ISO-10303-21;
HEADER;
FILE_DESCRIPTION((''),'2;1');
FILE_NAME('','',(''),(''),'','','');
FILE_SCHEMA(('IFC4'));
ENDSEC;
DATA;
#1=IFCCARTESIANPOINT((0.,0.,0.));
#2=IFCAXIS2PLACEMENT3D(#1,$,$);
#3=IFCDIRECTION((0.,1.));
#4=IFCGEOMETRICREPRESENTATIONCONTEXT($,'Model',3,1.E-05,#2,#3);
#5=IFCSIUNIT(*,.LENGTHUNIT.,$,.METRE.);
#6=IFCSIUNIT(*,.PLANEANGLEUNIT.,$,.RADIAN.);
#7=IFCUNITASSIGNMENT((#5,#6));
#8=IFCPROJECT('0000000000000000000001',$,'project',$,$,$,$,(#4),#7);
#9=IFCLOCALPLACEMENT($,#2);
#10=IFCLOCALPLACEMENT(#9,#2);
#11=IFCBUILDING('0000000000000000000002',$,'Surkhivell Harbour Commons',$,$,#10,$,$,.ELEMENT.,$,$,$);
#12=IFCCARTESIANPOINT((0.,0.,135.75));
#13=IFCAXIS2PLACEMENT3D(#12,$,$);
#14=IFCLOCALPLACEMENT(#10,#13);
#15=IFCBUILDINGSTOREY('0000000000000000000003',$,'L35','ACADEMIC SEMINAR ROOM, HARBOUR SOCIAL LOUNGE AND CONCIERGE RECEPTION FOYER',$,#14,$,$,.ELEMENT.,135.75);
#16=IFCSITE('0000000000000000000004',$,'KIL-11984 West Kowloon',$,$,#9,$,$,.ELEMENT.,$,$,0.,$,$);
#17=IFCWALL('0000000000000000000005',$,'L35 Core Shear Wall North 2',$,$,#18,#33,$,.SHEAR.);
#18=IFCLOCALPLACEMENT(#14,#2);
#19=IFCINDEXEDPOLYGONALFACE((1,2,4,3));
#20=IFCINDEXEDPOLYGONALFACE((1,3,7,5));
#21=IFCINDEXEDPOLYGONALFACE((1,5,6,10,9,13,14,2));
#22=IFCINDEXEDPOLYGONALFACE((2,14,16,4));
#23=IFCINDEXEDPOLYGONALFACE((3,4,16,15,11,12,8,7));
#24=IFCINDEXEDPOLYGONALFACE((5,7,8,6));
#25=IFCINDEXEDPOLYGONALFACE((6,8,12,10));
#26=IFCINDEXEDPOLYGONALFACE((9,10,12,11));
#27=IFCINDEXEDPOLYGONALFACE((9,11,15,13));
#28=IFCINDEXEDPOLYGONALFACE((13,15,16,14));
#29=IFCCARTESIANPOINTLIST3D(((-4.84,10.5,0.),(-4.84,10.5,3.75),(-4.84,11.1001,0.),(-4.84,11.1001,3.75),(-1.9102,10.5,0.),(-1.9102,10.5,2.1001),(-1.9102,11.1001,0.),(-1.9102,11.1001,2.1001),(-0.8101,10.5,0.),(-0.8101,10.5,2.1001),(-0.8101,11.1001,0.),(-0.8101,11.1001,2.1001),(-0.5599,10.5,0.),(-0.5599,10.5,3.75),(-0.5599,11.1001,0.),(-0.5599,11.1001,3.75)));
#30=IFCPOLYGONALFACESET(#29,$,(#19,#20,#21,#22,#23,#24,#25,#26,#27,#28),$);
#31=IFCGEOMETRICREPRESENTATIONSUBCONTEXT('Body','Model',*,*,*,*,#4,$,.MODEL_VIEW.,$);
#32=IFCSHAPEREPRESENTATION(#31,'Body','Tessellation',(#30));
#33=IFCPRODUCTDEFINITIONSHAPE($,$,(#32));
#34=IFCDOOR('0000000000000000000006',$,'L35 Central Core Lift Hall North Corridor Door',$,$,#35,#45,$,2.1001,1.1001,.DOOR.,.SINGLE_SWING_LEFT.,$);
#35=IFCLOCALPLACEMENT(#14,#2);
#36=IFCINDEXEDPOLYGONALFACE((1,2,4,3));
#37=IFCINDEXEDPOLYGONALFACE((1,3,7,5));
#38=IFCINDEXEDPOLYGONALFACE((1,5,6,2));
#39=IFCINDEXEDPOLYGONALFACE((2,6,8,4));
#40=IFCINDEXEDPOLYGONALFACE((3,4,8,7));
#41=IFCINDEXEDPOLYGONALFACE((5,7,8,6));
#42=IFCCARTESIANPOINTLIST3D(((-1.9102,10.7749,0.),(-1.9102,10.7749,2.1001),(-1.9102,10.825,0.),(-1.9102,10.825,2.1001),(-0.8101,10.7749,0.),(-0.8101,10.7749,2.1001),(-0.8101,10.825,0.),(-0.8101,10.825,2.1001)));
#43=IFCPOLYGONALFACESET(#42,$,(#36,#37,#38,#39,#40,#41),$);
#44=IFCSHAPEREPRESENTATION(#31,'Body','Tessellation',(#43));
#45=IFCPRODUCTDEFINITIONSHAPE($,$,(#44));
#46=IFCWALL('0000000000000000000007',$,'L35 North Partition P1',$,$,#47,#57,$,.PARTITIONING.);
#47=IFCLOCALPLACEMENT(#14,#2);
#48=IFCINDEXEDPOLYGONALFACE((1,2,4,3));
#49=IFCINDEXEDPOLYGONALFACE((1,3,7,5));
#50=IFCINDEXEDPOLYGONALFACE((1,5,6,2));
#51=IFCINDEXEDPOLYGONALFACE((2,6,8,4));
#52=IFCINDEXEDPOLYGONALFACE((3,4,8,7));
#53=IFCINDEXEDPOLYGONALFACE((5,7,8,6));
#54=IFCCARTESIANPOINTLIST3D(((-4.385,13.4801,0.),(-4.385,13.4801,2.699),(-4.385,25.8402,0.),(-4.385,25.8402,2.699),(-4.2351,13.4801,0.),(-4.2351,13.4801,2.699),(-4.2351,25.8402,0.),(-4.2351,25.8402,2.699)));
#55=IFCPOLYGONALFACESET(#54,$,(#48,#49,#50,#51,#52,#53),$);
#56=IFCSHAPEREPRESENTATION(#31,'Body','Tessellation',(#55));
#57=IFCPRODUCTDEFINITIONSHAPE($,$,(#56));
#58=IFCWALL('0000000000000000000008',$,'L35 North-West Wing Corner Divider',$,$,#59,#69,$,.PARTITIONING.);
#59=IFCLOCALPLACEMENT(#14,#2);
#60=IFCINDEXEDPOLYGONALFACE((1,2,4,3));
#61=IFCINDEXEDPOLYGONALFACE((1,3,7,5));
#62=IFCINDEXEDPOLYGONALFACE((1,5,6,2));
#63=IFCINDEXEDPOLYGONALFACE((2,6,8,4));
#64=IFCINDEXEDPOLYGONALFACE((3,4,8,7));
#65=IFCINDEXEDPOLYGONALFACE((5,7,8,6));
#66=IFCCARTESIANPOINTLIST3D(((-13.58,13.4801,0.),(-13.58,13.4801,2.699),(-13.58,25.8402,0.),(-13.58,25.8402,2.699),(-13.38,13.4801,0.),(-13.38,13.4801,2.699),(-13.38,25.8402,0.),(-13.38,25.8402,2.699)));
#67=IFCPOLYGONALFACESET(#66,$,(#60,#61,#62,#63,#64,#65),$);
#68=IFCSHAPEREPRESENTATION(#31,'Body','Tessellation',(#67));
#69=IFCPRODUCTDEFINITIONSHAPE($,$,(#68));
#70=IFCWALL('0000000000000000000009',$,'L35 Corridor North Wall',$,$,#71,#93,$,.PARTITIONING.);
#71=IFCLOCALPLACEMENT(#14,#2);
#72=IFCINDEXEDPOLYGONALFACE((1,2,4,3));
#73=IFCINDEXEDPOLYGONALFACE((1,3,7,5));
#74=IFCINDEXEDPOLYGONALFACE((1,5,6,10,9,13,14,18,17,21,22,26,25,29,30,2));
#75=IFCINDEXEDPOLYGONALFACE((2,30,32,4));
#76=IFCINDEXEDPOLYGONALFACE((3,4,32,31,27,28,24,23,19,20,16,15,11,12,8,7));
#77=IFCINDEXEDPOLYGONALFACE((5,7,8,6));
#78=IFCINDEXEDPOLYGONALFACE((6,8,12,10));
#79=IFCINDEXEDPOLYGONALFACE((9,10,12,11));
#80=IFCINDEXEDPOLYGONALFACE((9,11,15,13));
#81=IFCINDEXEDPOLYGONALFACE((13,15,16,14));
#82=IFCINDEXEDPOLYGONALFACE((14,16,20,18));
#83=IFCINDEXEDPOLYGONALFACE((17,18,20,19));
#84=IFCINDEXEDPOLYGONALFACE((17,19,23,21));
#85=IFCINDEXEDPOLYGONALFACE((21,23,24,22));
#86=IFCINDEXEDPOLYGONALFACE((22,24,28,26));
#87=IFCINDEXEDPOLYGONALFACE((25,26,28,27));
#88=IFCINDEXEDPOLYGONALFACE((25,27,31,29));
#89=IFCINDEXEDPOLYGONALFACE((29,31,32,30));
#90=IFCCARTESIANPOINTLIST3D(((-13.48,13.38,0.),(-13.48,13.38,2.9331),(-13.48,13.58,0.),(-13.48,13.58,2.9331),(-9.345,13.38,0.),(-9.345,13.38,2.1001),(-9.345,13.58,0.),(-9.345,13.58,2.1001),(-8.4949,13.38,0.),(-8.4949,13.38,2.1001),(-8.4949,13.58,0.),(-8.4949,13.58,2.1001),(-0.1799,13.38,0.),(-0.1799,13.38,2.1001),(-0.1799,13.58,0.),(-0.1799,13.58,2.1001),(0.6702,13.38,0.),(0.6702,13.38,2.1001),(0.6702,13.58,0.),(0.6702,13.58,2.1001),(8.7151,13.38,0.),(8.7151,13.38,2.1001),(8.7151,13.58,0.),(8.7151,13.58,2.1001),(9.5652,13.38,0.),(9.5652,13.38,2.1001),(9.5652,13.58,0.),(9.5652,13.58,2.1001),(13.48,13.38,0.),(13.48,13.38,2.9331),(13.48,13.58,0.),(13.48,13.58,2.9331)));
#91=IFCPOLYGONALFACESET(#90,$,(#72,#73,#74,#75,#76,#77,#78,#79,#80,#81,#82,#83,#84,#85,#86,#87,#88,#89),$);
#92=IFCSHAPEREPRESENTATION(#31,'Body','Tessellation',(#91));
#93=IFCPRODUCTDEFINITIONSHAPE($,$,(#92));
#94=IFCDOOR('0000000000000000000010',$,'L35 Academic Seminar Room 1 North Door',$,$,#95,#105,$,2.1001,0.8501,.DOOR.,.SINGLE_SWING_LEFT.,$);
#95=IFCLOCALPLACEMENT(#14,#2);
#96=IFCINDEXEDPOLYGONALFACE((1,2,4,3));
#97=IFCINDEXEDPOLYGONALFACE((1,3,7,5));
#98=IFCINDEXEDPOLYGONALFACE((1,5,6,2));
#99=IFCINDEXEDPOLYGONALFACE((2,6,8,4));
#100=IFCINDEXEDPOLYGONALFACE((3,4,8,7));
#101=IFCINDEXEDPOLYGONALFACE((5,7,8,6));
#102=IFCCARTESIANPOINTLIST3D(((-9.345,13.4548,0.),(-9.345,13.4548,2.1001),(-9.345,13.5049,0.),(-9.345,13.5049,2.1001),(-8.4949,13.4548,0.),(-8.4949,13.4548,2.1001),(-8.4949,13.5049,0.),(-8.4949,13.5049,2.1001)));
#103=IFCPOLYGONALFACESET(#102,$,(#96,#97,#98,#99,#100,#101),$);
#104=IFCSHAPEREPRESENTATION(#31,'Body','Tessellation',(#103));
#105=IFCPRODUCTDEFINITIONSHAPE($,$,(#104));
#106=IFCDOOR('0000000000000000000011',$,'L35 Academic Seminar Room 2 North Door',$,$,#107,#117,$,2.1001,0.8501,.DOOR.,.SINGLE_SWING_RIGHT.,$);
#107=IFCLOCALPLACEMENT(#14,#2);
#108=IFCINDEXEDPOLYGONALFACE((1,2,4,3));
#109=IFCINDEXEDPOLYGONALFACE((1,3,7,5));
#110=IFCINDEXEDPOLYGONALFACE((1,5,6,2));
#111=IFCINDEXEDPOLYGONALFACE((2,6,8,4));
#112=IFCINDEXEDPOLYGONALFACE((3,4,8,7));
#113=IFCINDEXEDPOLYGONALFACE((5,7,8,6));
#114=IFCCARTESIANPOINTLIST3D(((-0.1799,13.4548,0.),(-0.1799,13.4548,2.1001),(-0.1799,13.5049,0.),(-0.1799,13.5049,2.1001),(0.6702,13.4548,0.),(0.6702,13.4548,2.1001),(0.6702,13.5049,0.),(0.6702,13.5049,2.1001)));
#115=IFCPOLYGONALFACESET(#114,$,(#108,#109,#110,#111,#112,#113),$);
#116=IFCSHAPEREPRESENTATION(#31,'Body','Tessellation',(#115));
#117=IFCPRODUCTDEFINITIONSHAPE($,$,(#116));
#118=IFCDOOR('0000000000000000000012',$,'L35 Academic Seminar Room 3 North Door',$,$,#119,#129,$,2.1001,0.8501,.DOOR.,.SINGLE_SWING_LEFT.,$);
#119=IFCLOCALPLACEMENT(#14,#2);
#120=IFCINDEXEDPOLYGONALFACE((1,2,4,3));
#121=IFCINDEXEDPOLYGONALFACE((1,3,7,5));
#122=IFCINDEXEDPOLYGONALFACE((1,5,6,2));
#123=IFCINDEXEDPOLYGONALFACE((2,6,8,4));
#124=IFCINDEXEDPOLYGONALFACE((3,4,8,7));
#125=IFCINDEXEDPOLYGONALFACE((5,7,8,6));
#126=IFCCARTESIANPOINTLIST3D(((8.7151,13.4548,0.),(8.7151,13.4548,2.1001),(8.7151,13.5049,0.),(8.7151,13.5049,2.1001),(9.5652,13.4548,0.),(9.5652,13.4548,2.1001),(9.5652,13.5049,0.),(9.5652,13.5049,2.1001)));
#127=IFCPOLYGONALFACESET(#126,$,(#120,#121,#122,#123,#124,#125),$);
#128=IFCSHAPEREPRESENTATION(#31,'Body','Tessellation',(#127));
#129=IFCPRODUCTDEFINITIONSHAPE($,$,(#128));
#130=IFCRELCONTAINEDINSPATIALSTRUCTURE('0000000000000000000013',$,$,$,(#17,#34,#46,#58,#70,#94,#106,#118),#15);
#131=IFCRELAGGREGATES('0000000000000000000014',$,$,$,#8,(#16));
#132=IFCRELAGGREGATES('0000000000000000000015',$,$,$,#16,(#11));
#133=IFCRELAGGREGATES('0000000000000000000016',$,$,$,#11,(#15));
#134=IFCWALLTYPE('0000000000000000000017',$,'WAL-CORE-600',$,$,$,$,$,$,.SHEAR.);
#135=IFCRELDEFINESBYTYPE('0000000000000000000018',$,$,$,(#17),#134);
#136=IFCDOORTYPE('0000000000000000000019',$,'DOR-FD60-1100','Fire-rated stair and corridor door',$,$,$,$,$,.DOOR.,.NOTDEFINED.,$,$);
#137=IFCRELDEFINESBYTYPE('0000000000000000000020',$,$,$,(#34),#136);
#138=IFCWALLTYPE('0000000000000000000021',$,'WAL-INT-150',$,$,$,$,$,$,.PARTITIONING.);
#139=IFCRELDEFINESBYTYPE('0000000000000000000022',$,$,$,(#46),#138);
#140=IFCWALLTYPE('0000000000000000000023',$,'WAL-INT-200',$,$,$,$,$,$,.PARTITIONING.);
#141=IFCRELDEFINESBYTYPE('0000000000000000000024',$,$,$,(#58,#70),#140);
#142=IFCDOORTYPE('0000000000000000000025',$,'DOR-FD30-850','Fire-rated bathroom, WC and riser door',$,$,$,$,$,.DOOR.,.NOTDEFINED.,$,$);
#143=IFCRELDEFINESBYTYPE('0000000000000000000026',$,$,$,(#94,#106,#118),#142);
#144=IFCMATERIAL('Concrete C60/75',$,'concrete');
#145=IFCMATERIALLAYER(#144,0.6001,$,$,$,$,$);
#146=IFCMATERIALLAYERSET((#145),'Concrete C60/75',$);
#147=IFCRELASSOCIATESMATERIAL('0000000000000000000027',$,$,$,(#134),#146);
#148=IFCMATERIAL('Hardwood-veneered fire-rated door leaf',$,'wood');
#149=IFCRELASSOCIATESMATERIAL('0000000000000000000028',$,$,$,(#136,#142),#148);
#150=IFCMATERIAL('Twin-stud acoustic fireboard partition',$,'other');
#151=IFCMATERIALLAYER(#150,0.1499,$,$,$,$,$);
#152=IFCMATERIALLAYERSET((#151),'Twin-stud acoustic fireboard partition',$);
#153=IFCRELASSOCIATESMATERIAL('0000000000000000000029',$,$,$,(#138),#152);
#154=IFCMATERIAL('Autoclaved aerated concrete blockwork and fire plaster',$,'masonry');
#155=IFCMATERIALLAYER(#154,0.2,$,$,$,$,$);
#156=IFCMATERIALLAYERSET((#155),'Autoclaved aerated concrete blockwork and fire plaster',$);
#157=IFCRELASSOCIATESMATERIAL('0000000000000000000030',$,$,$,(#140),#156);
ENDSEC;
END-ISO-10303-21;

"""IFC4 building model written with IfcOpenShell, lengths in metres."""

from ifc_helpers import new_model, si_unit, direction, frame, frame_2d, origin, place, context, subcontext, project, spatial, rectangle, extrude, material, layer, layer_set, type_object, element, fill, save


model = new_model("IFC4")

# Units and contexts
model_context = context("Model", 3, precision=1e-05, world=origin(), true_north=direction((0.0, 1.0)))
body_context = subcontext(model_context, "Body", "Model", "MODEL_VIEW")
ifc_project = project(units=[si_unit("LENGTHUNIT", "METRE"), si_unit("PLANEANGLEUNIT", "RADIAN")], contexts=[model_context])

# Site, building, storey
site_placement = place(None, origin())
site = spatial("IfcSite", under=ifc_project, at=site_placement, Name="KIL-11984 West Kowloon", CompositionType="ELEMENT", RefElevation=0.0)
building_placement = place(site_placement, origin())
building = spatial("IfcBuilding", under=site, at=building_placement, Name="Surkhivell Harbour Commons", CompositionType="ELEMENT")
storey_placement = place(building_placement, frame((0.0, 0.0, 135.75)))
storey = spatial("IfcBuildingStorey", under=building, at=storey_placement, Name="L35", Description="ACADEMIC SEMINAR ROOM, HARBOUR SOCIAL LOUNGE AND CONCIERGE RECEPTION FOYER", CompositionType="ELEMENT", Elevation=135.75)

# Shared definitions
ifc_material_1 = material(Name="Concrete C60/75", Category="concrete")

# Shared definitions
ifc_layer_1 = layer(ifc_material_1, 0.6001)
ifc_layer_set_1 = layer_set([ifc_layer_1], Name="Concrete C60/75")
wall_type_1 = type_object("IfcWallType", Name="WAL-CORE-600", PredefinedType="SHEAR", material=ifc_layer_set_1)

# Wall, opening, door
wall_1_placement = place(storey_placement, frame((-4.8401, 10.8, 0.0), z_axis=(0.0, 0.0, 1.0), x_axis=(1.0, 0.0, 0.0)))
wall_1 = element("IfcWall", 1, at=wall_1_placement, inside=storey, type_object=wall_type_1, Name="L35 Core Shear Wall North 2", PredefinedType="SHEAR", context=body_context, shape_type="SweptSolid", body=[
    extrude(rectangle(XDim=4.28, YDim=0.6001, at=frame_2d((2.1401, 0.0))), origin(), (0.0, 0.0, 1.0), 3.75),
])
opening_1_placement = place(wall_1_placement, frame((2.9299, 0.0, 0.0)))
opening_1 = element("IfcOpeningElement", 2, at=opening_1_placement, cuts=wall_1, PredefinedType="OPENING", context=body_context, shape_type="SweptSolid", body=[
    extrude(rectangle(XDim=1.1001, YDim=2.1001, at=frame_2d((0.55, 1.05))), frame((0.0, 0.3101, 0.0), z_axis=(0.0, -1.0, 0.0), x_axis=(1.0, 0.0, 0.0)), (0.0, 0.0, 1.0), 0.6201),
])
ifc_material_2 = material(Name="Hardwood-veneered fire-rated door leaf", Category="wood")
door_type_1 = type_object("IfcDoorType", Name="DOR-FD60-1100", Description="Fire-rated stair and corridor door", OperationType="NOTDEFINED", PredefinedType="DOOR", material=ifc_material_2)
door_1_placement = place(opening_1_placement, origin())
door_1 = element("IfcDoor", 3, at=door_1_placement, inside=storey, type_object=door_type_1, Name="L35 Central Core Lift Hall North Corridor Door", OperationType="SINGLE_SWING_LEFT", OverallHeight=2.1001, OverallWidth=1.1001, PredefinedType="DOOR", context=body_context, shape_type="SweptSolid", body=[
    extrude(rectangle(XDim=1.1001, YDim=2.1001, at=frame_2d((0.55, 1.05))), frame((0.0, 0.0249, 0.0), z_axis=(0.0, -1.0, 0.0), x_axis=(1.0, 0.0, 0.0)), (0.0, 0.0, 1.0), 0.05),
])
fill(opening_1, door_1)

# Walls
ifc_material_3 = material(Name="Twin-stud acoustic fireboard partition", Category="other")
ifc_layer_2 = layer(ifc_material_3, 0.1499)
ifc_layer_set_2 = layer_set([ifc_layer_2], Name="Twin-stud acoustic fireboard partition")
wall_type_2 = type_object("IfcWallType", Name="WAL-INT-150", PredefinedType="PARTITIONING", material=ifc_layer_set_2)
wall_2_placement = place(storey_placement, frame((-4.3101, 13.48, 0.0), z_axis=(0.0, 0.0, 1.0), x_axis=(0.0, 1.0, 0.0)))
element("IfcWall", 4, at=wall_2_placement, inside=storey, type_object=wall_type_2, Name="L35 North Partition P1", PredefinedType="PARTITIONING", context=body_context, shape_type="SweptSolid", body=[
    extrude(rectangle(XDim=12.3601, YDim=0.1499, at=frame_2d((6.1802, 0.0))), origin(), (0.0, 0.0, 1.0), 2.699),
])
ifc_material_4 = material(Name="Autoclaved aerated concrete blockwork and fire plaster", Category="masonry")
ifc_layer_3 = layer(ifc_material_4, 0.2)
ifc_layer_set_3 = layer_set([ifc_layer_3], Name="Autoclaved aerated concrete blockwork and fire plaster")
wall_type_3 = type_object("IfcWallType", Name="WAL-INT-200", PredefinedType="PARTITIONING", material=ifc_layer_set_3)
wall_3_placement = place(storey_placement, frame((-13.48, 13.48, 0.0), z_axis=(0.0, 0.0, 1.0), x_axis=(0.0, 1.0, 0.0)))
element("IfcWall", 5, at=wall_3_placement, inside=storey, type_object=wall_type_3, Name="L35 North-West Wing Corner Divider", PredefinedType="PARTITIONING", context=body_context, shape_type="SweptSolid", body=[
    extrude(rectangle(XDim=12.3601, YDim=0.2, at=frame_2d((6.1802, 0.0))), origin(), (0.0, 0.0, 1.0), 2.699),
])

# Wall, openings, doors
wall_4_placement = place(storey_placement, frame((-13.48, 13.48, 0.0), z_axis=(0.0, 0.0, 1.0), x_axis=(1.0, 0.0, 0.0)))
wall_4 = element("IfcWall", 6, at=wall_4_placement, inside=storey, type_object=wall_type_3, Name="L35 Corridor North Wall", PredefinedType="PARTITIONING", context=body_context, shape_type="SweptSolid", body=[
    extrude(rectangle(XDim=26.96, YDim=0.2, at=frame_2d((13.48, 0.0))), origin(), (0.0, 0.0, 1.0), 2.9331),
])
opening_2_placement = place(wall_4_placement, frame((4.135, 0.0, 0.0)))
opening_2 = element("IfcOpeningElement", 7, at=opening_2_placement, cuts=wall_4, PredefinedType="OPENING", context=body_context, shape_type="SweptSolid", body=[
    extrude(rectangle(XDim=0.8501, YDim=2.1001, at=frame_2d((0.425, 1.05))), frame((0.0, 0.1099, 0.0), z_axis=(0.0, -1.0, 0.0), x_axis=(1.0, 0.0, 0.0)), (0.0, 0.0, 1.0), 0.22),
])
opening_3_placement = place(wall_4_placement, frame((13.3, 0.0, 0.0)))
opening_3 = element("IfcOpeningElement", 8, at=opening_3_placement, cuts=wall_4, PredefinedType="OPENING", context=body_context, shape_type="SweptSolid", body=[
    extrude(rectangle(XDim=0.8501, YDim=2.1001, at=frame_2d((0.425, 1.05))), frame((0.0, 0.1099, 0.0), z_axis=(0.0, -1.0, 0.0), x_axis=(1.0, 0.0, 0.0)), (0.0, 0.0, 1.0), 0.22),
])
opening_4_placement = place(wall_4_placement, frame((22.1951, 0.0, 0.0)))
opening_4 = element("IfcOpeningElement", 9, at=opening_4_placement, cuts=wall_4, PredefinedType="OPENING", context=body_context, shape_type="SweptSolid", body=[
    extrude(rectangle(XDim=0.8501, YDim=2.1001, at=frame_2d((0.425, 1.05))), frame((0.0, 0.1099, 0.0), z_axis=(0.0, -1.0, 0.0), x_axis=(1.0, 0.0, 0.0)), (0.0, 0.0, 1.0), 0.22),
])
door_type_2 = type_object("IfcDoorType", Name="DOR-FD30-850", Description="Fire-rated bathroom, WC and riser door", OperationType="NOTDEFINED", PredefinedType="DOOR", material=ifc_material_2)
door_2_placement = place(opening_2_placement, origin())
door_2 = element("IfcDoor", 10, at=door_2_placement, inside=storey, type_object=door_type_2, Name="L35 Academic Seminar Room 1 North Door", OperationType="SINGLE_SWING_LEFT", OverallHeight=2.1001, OverallWidth=0.8501, PredefinedType="DOOR", context=body_context, shape_type="SweptSolid", body=[
    extrude(rectangle(XDim=0.8501, YDim=2.1001, at=frame_2d((0.425, 1.05))), frame((0.0, 0.0249, 0.0), z_axis=(0.0, -1.0, 0.0), x_axis=(1.0, 0.0, 0.0)), (0.0, 0.0, 1.0), 0.05),
])
fill(opening_2, door_2)
door_3_placement = place(opening_3_placement, origin())
door_3 = element("IfcDoor", 11, at=door_3_placement, inside=storey, type_object=door_type_2, Name="L35 Academic Seminar Room 2 North Door", OperationType="SINGLE_SWING_RIGHT", OverallHeight=2.1001, OverallWidth=0.8501, PredefinedType="DOOR", context=body_context, shape_type="SweptSolid", body=[
    extrude(rectangle(XDim=0.8501, YDim=2.1001, at=frame_2d((0.425, 1.05))), frame((0.0, 0.0249, 0.0), z_axis=(0.0, -1.0, 0.0), x_axis=(1.0, 0.0, 0.0)), (0.0, 0.0, 1.0), 0.05),
])
fill(opening_3, door_3)
door_4_placement = place(opening_4_placement, origin())
door_4 = element("IfcDoor", 12, at=door_4_placement, inside=storey, type_object=door_type_2, Name="L35 Academic Seminar Room 3 North Door", OperationType="SINGLE_SWING_LEFT", OverallHeight=2.1001, OverallWidth=0.8501, PredefinedType="DOOR", context=body_context, shape_type="SweptSolid", body=[
    extrude(rectangle(XDim=0.8501, YDim=2.1001, at=frame_2d((0.425, 1.05))), frame((0.0, 0.0249, 0.0), z_axis=(0.0, -1.0, 0.0), x_axis=(1.0, 0.0, 0.0)), (0.0, 0.0, 1.0), 0.05),
])
fill(opening_4, door_4)

save(model, "model.ifc")
